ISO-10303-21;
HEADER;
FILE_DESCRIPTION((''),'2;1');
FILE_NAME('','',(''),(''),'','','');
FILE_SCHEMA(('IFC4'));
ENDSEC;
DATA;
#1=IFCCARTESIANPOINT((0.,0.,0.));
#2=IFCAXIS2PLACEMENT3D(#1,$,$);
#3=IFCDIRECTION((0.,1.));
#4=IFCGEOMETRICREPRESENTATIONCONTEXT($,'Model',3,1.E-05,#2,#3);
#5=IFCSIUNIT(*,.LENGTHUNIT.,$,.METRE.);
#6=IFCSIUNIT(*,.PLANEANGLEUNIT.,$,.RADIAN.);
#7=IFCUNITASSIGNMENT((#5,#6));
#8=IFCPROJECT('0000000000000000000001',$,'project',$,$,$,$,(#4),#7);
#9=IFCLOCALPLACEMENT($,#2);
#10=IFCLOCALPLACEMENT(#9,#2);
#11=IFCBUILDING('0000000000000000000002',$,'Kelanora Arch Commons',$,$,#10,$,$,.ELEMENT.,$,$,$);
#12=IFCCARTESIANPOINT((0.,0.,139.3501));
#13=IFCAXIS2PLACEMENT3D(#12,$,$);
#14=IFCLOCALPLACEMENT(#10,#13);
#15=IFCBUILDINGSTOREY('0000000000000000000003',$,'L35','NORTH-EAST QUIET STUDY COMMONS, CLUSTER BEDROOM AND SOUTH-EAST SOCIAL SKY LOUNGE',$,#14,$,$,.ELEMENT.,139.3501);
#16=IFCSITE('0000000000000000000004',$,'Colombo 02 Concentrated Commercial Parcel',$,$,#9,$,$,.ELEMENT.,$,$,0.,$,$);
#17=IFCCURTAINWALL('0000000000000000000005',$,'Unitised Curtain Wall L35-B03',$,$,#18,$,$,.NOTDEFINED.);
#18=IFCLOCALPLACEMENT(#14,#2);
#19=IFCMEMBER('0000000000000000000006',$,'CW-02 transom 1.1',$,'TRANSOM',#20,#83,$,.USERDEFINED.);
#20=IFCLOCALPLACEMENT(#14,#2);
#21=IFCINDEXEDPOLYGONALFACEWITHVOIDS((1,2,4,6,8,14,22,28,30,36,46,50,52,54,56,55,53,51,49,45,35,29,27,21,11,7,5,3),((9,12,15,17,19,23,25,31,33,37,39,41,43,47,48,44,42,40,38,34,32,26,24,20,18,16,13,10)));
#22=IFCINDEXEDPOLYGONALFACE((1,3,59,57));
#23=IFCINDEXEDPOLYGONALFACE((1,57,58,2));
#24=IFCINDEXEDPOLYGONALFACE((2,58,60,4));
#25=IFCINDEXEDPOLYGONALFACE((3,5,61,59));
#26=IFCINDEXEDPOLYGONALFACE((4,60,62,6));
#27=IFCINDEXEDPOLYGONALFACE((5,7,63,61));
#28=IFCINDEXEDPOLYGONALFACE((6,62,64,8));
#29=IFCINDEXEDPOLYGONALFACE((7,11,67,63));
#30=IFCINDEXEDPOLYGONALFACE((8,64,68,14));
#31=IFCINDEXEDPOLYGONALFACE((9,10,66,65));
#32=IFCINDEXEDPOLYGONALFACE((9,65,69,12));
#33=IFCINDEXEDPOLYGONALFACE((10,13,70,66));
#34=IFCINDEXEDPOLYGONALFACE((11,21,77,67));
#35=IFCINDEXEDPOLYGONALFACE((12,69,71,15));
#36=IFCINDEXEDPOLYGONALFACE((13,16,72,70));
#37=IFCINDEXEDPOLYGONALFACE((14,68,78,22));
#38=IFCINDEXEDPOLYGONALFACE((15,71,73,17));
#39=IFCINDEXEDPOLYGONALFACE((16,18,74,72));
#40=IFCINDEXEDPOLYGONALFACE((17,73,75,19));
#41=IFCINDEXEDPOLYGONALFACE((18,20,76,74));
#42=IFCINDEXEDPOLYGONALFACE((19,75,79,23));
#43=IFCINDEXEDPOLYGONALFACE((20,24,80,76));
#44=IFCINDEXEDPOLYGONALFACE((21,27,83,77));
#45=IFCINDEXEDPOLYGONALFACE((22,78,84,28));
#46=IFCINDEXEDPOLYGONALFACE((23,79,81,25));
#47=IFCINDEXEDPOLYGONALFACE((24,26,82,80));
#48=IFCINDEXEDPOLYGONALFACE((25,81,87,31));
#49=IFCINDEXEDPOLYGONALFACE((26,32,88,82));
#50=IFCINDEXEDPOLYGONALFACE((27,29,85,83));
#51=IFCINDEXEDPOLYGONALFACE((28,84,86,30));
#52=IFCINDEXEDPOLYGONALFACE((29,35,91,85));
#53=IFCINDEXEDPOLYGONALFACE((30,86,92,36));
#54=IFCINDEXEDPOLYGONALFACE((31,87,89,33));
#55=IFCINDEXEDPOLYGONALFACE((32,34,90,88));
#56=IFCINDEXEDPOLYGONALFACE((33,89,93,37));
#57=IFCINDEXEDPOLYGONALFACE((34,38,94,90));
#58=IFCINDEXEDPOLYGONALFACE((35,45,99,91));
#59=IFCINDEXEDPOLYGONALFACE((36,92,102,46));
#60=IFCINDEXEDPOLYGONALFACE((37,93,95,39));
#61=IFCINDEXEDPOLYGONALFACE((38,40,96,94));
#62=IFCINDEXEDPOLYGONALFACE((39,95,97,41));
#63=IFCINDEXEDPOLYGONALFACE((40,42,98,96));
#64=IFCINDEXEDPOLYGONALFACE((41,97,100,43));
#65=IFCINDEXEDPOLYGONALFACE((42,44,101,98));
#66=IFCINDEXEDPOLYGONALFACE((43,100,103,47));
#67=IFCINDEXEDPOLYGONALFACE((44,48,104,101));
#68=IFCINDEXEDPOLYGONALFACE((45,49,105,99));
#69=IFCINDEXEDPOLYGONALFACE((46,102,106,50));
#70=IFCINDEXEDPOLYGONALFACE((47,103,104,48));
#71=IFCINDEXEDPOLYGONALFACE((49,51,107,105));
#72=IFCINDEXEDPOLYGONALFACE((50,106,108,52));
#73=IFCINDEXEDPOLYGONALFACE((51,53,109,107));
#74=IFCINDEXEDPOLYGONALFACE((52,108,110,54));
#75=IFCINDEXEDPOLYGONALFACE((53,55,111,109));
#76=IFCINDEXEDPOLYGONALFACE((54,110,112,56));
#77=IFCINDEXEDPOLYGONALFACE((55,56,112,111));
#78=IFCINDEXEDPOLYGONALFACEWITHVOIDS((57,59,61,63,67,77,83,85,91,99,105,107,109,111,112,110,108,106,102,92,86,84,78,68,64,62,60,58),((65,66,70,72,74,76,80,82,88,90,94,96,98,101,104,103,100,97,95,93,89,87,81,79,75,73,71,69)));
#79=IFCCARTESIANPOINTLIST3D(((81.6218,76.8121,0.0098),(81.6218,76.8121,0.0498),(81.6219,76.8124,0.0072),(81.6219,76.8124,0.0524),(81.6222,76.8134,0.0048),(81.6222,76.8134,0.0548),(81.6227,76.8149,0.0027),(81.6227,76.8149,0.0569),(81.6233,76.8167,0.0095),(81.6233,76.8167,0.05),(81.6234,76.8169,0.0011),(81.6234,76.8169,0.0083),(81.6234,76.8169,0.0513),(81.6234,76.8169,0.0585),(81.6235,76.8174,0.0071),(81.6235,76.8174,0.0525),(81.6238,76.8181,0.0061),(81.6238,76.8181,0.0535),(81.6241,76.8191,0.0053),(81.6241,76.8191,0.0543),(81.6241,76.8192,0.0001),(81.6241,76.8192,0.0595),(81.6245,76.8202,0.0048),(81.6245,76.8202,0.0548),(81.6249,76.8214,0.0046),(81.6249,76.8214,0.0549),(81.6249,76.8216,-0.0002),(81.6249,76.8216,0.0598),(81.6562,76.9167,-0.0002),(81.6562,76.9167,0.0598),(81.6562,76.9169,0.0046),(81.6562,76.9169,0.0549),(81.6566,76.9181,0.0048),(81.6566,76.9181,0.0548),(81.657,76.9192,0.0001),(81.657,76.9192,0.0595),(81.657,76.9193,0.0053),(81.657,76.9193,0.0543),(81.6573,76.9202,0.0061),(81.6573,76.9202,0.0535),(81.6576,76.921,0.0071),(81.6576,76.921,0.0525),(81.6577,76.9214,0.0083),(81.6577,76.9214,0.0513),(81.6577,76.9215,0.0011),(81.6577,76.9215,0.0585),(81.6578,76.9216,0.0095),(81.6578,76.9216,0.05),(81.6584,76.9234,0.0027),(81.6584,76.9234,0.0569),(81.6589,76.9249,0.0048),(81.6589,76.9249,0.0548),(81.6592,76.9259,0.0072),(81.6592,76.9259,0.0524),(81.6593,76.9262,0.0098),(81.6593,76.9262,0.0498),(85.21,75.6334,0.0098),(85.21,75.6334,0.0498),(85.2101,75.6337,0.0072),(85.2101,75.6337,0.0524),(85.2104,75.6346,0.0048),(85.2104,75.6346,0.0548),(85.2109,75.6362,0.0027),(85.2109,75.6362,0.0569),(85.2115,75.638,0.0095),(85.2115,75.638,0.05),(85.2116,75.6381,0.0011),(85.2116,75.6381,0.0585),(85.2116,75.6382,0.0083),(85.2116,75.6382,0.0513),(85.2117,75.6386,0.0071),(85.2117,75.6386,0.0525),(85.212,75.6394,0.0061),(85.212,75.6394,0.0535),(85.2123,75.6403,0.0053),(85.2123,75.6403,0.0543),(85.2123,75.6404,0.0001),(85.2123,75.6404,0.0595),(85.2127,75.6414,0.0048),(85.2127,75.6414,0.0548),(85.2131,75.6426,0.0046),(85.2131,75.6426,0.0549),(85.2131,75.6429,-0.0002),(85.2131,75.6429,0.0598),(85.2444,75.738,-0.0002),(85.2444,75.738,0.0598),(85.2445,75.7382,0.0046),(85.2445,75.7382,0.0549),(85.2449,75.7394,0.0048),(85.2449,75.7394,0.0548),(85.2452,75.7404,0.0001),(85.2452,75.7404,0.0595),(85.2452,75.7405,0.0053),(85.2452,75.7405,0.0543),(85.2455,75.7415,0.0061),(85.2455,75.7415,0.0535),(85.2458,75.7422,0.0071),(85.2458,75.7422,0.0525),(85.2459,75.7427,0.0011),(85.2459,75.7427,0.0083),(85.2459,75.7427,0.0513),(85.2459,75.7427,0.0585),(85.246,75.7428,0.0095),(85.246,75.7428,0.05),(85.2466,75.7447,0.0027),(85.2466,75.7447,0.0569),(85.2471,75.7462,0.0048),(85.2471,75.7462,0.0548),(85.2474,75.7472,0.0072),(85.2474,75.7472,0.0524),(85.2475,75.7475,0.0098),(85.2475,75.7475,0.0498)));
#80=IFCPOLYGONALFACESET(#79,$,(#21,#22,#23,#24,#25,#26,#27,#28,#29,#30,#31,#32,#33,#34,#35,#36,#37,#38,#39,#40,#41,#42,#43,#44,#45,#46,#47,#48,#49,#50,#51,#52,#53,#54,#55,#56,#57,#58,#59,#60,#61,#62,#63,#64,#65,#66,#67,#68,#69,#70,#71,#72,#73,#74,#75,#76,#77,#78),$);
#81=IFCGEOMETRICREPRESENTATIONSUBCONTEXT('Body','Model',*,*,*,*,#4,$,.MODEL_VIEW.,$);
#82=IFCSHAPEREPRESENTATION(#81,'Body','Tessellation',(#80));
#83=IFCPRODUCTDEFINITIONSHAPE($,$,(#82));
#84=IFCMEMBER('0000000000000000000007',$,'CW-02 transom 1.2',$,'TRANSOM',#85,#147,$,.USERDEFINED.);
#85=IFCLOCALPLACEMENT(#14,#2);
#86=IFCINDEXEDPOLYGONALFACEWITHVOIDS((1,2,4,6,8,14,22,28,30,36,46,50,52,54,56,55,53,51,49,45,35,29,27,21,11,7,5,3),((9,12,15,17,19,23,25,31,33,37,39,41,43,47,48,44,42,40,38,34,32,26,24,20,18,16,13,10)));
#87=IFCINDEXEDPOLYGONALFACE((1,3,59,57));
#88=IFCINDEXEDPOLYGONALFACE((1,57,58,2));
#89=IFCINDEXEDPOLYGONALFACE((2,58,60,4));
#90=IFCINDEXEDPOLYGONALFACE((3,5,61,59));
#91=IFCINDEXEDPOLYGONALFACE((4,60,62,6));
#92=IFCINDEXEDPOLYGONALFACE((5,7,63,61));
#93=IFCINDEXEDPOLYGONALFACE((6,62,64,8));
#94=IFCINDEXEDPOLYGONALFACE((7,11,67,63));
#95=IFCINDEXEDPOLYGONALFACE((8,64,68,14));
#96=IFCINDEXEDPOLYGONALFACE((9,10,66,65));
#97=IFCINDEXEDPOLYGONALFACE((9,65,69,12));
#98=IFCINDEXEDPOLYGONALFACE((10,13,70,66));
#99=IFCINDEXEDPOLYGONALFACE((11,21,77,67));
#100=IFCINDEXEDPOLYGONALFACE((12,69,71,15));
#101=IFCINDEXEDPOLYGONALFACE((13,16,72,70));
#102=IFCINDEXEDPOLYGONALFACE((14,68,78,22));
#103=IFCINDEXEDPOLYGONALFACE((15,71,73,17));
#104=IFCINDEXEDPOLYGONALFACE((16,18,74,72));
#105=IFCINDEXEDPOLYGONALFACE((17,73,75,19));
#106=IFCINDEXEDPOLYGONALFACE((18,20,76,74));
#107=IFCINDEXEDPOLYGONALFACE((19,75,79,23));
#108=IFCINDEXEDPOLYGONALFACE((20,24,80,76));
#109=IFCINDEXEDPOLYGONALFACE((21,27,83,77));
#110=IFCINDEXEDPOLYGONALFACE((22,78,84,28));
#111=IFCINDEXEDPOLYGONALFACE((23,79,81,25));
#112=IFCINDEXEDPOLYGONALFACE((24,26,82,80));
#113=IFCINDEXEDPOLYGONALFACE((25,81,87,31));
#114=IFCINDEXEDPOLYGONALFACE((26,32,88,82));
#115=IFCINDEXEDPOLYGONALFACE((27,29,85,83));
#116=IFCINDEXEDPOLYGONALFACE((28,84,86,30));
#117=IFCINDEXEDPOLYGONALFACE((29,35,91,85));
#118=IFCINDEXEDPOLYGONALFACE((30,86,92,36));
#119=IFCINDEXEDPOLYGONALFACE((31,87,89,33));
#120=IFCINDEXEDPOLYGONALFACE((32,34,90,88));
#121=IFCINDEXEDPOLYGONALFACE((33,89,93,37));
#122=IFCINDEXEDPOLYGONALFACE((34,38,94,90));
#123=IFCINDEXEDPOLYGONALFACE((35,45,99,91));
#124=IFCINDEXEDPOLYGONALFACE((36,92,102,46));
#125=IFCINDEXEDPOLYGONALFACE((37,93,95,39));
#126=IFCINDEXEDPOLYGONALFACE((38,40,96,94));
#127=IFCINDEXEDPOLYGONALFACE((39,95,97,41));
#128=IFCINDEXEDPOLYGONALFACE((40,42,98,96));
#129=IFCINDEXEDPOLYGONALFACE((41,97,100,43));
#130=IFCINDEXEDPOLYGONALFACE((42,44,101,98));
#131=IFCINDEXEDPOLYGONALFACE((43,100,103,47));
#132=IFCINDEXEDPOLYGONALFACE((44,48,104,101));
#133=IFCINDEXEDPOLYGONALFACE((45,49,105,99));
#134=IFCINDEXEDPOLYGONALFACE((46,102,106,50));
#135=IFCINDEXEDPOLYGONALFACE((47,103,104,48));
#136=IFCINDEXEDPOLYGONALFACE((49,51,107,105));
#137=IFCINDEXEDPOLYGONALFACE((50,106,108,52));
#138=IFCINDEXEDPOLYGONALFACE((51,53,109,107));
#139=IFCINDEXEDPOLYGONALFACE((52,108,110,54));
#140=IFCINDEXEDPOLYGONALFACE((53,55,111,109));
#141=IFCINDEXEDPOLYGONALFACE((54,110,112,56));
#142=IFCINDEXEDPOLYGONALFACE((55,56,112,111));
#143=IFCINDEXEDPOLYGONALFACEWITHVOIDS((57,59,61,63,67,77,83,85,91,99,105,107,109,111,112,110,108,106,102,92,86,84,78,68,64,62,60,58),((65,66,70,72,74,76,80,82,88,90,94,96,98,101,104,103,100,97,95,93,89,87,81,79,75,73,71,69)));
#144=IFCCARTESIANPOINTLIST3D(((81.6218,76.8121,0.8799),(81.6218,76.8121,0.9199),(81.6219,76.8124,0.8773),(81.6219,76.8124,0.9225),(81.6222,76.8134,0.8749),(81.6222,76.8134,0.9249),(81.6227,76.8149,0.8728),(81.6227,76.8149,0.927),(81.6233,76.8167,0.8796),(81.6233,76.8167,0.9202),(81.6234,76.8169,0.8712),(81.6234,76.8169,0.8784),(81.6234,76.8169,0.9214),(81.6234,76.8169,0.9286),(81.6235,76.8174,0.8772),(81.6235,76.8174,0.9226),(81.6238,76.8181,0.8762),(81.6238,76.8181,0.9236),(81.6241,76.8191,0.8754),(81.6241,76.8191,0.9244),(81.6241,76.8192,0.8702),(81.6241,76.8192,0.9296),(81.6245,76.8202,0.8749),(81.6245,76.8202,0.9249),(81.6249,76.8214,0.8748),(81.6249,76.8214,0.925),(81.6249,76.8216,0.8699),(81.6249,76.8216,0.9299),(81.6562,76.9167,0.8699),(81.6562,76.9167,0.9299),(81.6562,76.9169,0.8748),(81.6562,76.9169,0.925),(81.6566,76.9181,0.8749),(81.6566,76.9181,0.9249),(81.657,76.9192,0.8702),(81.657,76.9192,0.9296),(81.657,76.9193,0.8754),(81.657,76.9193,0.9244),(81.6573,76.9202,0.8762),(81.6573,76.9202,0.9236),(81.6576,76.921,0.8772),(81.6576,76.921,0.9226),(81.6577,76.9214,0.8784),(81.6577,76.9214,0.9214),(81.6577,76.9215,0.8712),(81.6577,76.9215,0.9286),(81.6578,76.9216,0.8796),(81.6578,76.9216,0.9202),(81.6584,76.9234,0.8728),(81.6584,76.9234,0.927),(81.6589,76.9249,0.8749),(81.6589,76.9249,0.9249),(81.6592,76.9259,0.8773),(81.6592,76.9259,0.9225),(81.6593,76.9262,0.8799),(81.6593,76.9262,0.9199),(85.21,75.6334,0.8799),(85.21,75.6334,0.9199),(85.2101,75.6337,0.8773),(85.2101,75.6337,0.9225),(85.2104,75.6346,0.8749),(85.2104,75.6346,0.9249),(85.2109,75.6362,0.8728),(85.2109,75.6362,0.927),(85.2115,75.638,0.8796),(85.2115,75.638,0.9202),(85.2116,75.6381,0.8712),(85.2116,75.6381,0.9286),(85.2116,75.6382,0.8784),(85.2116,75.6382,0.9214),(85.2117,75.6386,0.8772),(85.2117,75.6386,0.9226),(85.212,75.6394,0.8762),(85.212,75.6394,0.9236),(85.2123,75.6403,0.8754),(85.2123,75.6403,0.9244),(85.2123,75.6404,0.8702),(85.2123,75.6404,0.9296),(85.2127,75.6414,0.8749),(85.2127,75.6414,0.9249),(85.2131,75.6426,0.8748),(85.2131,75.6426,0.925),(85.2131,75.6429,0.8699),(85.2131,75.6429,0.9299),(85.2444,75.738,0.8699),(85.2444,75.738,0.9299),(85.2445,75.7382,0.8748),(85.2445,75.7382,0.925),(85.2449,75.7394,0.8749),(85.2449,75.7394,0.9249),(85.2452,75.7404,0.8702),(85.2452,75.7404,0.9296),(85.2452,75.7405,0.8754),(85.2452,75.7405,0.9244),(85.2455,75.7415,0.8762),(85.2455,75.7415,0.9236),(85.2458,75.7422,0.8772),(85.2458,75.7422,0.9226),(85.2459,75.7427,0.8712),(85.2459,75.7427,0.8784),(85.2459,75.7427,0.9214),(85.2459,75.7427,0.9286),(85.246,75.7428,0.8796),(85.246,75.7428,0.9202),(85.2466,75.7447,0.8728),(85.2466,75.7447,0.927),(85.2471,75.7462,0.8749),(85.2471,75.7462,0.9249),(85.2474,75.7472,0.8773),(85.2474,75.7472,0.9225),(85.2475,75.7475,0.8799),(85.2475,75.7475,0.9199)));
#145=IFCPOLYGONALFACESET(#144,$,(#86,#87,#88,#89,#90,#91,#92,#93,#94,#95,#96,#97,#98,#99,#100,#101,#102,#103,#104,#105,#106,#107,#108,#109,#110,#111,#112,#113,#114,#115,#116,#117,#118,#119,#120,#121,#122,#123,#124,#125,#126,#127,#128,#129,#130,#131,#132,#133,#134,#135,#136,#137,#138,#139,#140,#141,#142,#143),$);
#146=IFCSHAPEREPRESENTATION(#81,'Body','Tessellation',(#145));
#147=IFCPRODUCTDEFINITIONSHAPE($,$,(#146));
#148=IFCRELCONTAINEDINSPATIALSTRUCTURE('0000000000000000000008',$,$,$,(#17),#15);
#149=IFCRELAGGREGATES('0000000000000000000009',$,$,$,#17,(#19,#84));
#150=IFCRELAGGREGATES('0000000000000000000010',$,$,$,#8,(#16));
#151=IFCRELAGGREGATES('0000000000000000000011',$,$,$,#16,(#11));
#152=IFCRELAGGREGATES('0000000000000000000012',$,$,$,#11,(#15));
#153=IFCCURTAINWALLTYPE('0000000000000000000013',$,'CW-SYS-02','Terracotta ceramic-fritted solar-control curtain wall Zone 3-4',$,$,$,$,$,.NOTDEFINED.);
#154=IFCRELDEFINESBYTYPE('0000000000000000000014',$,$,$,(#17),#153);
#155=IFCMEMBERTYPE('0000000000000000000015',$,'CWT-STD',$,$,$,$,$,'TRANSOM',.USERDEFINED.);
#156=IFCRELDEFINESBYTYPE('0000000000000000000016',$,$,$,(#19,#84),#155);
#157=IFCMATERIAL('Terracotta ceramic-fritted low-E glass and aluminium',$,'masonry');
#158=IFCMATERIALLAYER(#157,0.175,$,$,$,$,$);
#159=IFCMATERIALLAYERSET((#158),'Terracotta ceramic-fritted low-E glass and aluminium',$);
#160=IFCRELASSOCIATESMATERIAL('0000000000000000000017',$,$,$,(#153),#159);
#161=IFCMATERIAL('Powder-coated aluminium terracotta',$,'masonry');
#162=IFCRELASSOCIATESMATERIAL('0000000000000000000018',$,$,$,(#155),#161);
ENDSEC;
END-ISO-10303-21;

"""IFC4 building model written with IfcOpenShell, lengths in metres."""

from ifc_helpers import new_model, si_unit, direction, frame, origin, origin_2d, place, context, subcontext, project, spatial, hollow_rectangle, extrude, material, layer, layer_set, material_profile, profile_set, type_object, element, aggregate, save


model = new_model("IFC4")

# Units and contexts
model_context = context("Model", 3, precision=1e-05, world=origin(), true_north=direction((0.0, 1.0)))
body_context = subcontext(model_context, "Body", "Model", "MODEL_VIEW")
ifc_project = project(units=[si_unit("LENGTHUNIT", "METRE"), si_unit("PLANEANGLEUNIT", "RADIAN")], contexts=[model_context])

# Site, building, storey
site_placement = place(None, origin())
site = spatial("IfcSite", under=ifc_project, at=site_placement, Name="Colombo 02 Concentrated Commercial Parcel", CompositionType="ELEMENT", RefElevation=0.0)
building_placement = place(site_placement, origin())
building = spatial("IfcBuilding", under=site, at=building_placement, Name="Kelanora Arch Commons", CompositionType="ELEMENT")
storey_placement = place(building_placement, frame((0.0, 0.0, 139.3501)))
storey = spatial("IfcBuildingStorey", under=building, at=storey_placement, Name="L35", Description="NORTH-EAST QUIET STUDY COMMONS, CLUSTER BEDROOM AND SOUTH-EAST SOCIAL SKY LOUNGE", CompositionType="ELEMENT", Elevation=139.3501)

# Curtain wall, members
ifc_material_1 = material(Name="Terracotta ceramic-fritted low-E glass and aluminium", Category="masonry")
ifc_layer_1 = layer(ifc_material_1, 0.175)
ifc_layer_set_1 = layer_set([ifc_layer_1], Name="Terracotta ceramic-fritted low-E glass and aluminium")
curtain_wall_type = type_object("IfcCurtainWallType", Name="CW-SYS-02", Description="Terracotta ceramic-fritted solar-control curtain wall Zone 3-4", PredefinedType="NOTDEFINED", material=ifc_layer_set_1)
curtain_wall_placement = place(storey_placement, origin())
curtain_wall = element("IfcCurtainWall", 1, at=curtain_wall_placement, inside=storey, type_object=curtain_wall_type, Name="Unitised Curtain Wall L35-B03", PredefinedType="NOTDEFINED")
ifc_material_2 = material(Name="Powder-coated aluminium terracotta", Category="masonry")
ifc_material_profile_1 = material_profile(ifc_material_2, hollow_rectangle(XDim=0.1201, YDim=0.0601, WallThickness=0.0049, InnerFilletRadius=0.0049, OuterFilletRadius=0.01, at=origin_2d()), Name="CWT120x60")
ifc_profile_set_1 = profile_set([ifc_material_profile_1], Name="Powder-coated aluminium terracotta")
member_type_1 = type_object("IfcMemberType", Name="CWT-STD", ElementType="TRANSOM", PredefinedType="USERDEFINED", material=ifc_profile_set_1)
member_1_placement = place(storey_placement, frame((85.2288, 75.6904, 0.0298), z_axis=(-0.950051, 0.312094, 0.0), x_axis=(-0.312094, -0.950051, 0.0)))
member_1 = element("IfcMember", 2, at=member_1_placement, type_object=member_type_1, Name="CW-02 transom 1.1", ObjectType="TRANSOM", PredefinedType="USERDEFINED", context=body_context, shape_type="SweptSolid", body=[
    extrude(hollow_rectangle(XDim=0.1201, YDim=0.0601, WallThickness=0.0049, InnerFilletRadius=0.0049, OuterFilletRadius=0.01, at=origin_2d()), origin(), (0.0, 0.0, 1.0), 3.7769),
])
member_2_placement = place(storey_placement, frame((85.2288, 75.6904, 0.8999), z_axis=(-0.950051, 0.312094, 0.0), x_axis=(-0.312094, -0.950051, 0.0)))
member_2 = element("IfcMember", 3, at=member_2_placement, type_object=member_type_1, Name="CW-02 transom 1.2", ObjectType="TRANSOM", PredefinedType="USERDEFINED", context=body_context, shape_type="SweptSolid", body=[
    extrude(hollow_rectangle(XDim=0.1201, YDim=0.0601, WallThickness=0.0049, InnerFilletRadius=0.0049, OuterFilletRadius=0.01, at=origin_2d()), origin(), (0.0, 0.0, 1.0), 3.7769),
])
aggregate(curtain_wall, [member_1, member_2])

save(model, "model.ifc")
